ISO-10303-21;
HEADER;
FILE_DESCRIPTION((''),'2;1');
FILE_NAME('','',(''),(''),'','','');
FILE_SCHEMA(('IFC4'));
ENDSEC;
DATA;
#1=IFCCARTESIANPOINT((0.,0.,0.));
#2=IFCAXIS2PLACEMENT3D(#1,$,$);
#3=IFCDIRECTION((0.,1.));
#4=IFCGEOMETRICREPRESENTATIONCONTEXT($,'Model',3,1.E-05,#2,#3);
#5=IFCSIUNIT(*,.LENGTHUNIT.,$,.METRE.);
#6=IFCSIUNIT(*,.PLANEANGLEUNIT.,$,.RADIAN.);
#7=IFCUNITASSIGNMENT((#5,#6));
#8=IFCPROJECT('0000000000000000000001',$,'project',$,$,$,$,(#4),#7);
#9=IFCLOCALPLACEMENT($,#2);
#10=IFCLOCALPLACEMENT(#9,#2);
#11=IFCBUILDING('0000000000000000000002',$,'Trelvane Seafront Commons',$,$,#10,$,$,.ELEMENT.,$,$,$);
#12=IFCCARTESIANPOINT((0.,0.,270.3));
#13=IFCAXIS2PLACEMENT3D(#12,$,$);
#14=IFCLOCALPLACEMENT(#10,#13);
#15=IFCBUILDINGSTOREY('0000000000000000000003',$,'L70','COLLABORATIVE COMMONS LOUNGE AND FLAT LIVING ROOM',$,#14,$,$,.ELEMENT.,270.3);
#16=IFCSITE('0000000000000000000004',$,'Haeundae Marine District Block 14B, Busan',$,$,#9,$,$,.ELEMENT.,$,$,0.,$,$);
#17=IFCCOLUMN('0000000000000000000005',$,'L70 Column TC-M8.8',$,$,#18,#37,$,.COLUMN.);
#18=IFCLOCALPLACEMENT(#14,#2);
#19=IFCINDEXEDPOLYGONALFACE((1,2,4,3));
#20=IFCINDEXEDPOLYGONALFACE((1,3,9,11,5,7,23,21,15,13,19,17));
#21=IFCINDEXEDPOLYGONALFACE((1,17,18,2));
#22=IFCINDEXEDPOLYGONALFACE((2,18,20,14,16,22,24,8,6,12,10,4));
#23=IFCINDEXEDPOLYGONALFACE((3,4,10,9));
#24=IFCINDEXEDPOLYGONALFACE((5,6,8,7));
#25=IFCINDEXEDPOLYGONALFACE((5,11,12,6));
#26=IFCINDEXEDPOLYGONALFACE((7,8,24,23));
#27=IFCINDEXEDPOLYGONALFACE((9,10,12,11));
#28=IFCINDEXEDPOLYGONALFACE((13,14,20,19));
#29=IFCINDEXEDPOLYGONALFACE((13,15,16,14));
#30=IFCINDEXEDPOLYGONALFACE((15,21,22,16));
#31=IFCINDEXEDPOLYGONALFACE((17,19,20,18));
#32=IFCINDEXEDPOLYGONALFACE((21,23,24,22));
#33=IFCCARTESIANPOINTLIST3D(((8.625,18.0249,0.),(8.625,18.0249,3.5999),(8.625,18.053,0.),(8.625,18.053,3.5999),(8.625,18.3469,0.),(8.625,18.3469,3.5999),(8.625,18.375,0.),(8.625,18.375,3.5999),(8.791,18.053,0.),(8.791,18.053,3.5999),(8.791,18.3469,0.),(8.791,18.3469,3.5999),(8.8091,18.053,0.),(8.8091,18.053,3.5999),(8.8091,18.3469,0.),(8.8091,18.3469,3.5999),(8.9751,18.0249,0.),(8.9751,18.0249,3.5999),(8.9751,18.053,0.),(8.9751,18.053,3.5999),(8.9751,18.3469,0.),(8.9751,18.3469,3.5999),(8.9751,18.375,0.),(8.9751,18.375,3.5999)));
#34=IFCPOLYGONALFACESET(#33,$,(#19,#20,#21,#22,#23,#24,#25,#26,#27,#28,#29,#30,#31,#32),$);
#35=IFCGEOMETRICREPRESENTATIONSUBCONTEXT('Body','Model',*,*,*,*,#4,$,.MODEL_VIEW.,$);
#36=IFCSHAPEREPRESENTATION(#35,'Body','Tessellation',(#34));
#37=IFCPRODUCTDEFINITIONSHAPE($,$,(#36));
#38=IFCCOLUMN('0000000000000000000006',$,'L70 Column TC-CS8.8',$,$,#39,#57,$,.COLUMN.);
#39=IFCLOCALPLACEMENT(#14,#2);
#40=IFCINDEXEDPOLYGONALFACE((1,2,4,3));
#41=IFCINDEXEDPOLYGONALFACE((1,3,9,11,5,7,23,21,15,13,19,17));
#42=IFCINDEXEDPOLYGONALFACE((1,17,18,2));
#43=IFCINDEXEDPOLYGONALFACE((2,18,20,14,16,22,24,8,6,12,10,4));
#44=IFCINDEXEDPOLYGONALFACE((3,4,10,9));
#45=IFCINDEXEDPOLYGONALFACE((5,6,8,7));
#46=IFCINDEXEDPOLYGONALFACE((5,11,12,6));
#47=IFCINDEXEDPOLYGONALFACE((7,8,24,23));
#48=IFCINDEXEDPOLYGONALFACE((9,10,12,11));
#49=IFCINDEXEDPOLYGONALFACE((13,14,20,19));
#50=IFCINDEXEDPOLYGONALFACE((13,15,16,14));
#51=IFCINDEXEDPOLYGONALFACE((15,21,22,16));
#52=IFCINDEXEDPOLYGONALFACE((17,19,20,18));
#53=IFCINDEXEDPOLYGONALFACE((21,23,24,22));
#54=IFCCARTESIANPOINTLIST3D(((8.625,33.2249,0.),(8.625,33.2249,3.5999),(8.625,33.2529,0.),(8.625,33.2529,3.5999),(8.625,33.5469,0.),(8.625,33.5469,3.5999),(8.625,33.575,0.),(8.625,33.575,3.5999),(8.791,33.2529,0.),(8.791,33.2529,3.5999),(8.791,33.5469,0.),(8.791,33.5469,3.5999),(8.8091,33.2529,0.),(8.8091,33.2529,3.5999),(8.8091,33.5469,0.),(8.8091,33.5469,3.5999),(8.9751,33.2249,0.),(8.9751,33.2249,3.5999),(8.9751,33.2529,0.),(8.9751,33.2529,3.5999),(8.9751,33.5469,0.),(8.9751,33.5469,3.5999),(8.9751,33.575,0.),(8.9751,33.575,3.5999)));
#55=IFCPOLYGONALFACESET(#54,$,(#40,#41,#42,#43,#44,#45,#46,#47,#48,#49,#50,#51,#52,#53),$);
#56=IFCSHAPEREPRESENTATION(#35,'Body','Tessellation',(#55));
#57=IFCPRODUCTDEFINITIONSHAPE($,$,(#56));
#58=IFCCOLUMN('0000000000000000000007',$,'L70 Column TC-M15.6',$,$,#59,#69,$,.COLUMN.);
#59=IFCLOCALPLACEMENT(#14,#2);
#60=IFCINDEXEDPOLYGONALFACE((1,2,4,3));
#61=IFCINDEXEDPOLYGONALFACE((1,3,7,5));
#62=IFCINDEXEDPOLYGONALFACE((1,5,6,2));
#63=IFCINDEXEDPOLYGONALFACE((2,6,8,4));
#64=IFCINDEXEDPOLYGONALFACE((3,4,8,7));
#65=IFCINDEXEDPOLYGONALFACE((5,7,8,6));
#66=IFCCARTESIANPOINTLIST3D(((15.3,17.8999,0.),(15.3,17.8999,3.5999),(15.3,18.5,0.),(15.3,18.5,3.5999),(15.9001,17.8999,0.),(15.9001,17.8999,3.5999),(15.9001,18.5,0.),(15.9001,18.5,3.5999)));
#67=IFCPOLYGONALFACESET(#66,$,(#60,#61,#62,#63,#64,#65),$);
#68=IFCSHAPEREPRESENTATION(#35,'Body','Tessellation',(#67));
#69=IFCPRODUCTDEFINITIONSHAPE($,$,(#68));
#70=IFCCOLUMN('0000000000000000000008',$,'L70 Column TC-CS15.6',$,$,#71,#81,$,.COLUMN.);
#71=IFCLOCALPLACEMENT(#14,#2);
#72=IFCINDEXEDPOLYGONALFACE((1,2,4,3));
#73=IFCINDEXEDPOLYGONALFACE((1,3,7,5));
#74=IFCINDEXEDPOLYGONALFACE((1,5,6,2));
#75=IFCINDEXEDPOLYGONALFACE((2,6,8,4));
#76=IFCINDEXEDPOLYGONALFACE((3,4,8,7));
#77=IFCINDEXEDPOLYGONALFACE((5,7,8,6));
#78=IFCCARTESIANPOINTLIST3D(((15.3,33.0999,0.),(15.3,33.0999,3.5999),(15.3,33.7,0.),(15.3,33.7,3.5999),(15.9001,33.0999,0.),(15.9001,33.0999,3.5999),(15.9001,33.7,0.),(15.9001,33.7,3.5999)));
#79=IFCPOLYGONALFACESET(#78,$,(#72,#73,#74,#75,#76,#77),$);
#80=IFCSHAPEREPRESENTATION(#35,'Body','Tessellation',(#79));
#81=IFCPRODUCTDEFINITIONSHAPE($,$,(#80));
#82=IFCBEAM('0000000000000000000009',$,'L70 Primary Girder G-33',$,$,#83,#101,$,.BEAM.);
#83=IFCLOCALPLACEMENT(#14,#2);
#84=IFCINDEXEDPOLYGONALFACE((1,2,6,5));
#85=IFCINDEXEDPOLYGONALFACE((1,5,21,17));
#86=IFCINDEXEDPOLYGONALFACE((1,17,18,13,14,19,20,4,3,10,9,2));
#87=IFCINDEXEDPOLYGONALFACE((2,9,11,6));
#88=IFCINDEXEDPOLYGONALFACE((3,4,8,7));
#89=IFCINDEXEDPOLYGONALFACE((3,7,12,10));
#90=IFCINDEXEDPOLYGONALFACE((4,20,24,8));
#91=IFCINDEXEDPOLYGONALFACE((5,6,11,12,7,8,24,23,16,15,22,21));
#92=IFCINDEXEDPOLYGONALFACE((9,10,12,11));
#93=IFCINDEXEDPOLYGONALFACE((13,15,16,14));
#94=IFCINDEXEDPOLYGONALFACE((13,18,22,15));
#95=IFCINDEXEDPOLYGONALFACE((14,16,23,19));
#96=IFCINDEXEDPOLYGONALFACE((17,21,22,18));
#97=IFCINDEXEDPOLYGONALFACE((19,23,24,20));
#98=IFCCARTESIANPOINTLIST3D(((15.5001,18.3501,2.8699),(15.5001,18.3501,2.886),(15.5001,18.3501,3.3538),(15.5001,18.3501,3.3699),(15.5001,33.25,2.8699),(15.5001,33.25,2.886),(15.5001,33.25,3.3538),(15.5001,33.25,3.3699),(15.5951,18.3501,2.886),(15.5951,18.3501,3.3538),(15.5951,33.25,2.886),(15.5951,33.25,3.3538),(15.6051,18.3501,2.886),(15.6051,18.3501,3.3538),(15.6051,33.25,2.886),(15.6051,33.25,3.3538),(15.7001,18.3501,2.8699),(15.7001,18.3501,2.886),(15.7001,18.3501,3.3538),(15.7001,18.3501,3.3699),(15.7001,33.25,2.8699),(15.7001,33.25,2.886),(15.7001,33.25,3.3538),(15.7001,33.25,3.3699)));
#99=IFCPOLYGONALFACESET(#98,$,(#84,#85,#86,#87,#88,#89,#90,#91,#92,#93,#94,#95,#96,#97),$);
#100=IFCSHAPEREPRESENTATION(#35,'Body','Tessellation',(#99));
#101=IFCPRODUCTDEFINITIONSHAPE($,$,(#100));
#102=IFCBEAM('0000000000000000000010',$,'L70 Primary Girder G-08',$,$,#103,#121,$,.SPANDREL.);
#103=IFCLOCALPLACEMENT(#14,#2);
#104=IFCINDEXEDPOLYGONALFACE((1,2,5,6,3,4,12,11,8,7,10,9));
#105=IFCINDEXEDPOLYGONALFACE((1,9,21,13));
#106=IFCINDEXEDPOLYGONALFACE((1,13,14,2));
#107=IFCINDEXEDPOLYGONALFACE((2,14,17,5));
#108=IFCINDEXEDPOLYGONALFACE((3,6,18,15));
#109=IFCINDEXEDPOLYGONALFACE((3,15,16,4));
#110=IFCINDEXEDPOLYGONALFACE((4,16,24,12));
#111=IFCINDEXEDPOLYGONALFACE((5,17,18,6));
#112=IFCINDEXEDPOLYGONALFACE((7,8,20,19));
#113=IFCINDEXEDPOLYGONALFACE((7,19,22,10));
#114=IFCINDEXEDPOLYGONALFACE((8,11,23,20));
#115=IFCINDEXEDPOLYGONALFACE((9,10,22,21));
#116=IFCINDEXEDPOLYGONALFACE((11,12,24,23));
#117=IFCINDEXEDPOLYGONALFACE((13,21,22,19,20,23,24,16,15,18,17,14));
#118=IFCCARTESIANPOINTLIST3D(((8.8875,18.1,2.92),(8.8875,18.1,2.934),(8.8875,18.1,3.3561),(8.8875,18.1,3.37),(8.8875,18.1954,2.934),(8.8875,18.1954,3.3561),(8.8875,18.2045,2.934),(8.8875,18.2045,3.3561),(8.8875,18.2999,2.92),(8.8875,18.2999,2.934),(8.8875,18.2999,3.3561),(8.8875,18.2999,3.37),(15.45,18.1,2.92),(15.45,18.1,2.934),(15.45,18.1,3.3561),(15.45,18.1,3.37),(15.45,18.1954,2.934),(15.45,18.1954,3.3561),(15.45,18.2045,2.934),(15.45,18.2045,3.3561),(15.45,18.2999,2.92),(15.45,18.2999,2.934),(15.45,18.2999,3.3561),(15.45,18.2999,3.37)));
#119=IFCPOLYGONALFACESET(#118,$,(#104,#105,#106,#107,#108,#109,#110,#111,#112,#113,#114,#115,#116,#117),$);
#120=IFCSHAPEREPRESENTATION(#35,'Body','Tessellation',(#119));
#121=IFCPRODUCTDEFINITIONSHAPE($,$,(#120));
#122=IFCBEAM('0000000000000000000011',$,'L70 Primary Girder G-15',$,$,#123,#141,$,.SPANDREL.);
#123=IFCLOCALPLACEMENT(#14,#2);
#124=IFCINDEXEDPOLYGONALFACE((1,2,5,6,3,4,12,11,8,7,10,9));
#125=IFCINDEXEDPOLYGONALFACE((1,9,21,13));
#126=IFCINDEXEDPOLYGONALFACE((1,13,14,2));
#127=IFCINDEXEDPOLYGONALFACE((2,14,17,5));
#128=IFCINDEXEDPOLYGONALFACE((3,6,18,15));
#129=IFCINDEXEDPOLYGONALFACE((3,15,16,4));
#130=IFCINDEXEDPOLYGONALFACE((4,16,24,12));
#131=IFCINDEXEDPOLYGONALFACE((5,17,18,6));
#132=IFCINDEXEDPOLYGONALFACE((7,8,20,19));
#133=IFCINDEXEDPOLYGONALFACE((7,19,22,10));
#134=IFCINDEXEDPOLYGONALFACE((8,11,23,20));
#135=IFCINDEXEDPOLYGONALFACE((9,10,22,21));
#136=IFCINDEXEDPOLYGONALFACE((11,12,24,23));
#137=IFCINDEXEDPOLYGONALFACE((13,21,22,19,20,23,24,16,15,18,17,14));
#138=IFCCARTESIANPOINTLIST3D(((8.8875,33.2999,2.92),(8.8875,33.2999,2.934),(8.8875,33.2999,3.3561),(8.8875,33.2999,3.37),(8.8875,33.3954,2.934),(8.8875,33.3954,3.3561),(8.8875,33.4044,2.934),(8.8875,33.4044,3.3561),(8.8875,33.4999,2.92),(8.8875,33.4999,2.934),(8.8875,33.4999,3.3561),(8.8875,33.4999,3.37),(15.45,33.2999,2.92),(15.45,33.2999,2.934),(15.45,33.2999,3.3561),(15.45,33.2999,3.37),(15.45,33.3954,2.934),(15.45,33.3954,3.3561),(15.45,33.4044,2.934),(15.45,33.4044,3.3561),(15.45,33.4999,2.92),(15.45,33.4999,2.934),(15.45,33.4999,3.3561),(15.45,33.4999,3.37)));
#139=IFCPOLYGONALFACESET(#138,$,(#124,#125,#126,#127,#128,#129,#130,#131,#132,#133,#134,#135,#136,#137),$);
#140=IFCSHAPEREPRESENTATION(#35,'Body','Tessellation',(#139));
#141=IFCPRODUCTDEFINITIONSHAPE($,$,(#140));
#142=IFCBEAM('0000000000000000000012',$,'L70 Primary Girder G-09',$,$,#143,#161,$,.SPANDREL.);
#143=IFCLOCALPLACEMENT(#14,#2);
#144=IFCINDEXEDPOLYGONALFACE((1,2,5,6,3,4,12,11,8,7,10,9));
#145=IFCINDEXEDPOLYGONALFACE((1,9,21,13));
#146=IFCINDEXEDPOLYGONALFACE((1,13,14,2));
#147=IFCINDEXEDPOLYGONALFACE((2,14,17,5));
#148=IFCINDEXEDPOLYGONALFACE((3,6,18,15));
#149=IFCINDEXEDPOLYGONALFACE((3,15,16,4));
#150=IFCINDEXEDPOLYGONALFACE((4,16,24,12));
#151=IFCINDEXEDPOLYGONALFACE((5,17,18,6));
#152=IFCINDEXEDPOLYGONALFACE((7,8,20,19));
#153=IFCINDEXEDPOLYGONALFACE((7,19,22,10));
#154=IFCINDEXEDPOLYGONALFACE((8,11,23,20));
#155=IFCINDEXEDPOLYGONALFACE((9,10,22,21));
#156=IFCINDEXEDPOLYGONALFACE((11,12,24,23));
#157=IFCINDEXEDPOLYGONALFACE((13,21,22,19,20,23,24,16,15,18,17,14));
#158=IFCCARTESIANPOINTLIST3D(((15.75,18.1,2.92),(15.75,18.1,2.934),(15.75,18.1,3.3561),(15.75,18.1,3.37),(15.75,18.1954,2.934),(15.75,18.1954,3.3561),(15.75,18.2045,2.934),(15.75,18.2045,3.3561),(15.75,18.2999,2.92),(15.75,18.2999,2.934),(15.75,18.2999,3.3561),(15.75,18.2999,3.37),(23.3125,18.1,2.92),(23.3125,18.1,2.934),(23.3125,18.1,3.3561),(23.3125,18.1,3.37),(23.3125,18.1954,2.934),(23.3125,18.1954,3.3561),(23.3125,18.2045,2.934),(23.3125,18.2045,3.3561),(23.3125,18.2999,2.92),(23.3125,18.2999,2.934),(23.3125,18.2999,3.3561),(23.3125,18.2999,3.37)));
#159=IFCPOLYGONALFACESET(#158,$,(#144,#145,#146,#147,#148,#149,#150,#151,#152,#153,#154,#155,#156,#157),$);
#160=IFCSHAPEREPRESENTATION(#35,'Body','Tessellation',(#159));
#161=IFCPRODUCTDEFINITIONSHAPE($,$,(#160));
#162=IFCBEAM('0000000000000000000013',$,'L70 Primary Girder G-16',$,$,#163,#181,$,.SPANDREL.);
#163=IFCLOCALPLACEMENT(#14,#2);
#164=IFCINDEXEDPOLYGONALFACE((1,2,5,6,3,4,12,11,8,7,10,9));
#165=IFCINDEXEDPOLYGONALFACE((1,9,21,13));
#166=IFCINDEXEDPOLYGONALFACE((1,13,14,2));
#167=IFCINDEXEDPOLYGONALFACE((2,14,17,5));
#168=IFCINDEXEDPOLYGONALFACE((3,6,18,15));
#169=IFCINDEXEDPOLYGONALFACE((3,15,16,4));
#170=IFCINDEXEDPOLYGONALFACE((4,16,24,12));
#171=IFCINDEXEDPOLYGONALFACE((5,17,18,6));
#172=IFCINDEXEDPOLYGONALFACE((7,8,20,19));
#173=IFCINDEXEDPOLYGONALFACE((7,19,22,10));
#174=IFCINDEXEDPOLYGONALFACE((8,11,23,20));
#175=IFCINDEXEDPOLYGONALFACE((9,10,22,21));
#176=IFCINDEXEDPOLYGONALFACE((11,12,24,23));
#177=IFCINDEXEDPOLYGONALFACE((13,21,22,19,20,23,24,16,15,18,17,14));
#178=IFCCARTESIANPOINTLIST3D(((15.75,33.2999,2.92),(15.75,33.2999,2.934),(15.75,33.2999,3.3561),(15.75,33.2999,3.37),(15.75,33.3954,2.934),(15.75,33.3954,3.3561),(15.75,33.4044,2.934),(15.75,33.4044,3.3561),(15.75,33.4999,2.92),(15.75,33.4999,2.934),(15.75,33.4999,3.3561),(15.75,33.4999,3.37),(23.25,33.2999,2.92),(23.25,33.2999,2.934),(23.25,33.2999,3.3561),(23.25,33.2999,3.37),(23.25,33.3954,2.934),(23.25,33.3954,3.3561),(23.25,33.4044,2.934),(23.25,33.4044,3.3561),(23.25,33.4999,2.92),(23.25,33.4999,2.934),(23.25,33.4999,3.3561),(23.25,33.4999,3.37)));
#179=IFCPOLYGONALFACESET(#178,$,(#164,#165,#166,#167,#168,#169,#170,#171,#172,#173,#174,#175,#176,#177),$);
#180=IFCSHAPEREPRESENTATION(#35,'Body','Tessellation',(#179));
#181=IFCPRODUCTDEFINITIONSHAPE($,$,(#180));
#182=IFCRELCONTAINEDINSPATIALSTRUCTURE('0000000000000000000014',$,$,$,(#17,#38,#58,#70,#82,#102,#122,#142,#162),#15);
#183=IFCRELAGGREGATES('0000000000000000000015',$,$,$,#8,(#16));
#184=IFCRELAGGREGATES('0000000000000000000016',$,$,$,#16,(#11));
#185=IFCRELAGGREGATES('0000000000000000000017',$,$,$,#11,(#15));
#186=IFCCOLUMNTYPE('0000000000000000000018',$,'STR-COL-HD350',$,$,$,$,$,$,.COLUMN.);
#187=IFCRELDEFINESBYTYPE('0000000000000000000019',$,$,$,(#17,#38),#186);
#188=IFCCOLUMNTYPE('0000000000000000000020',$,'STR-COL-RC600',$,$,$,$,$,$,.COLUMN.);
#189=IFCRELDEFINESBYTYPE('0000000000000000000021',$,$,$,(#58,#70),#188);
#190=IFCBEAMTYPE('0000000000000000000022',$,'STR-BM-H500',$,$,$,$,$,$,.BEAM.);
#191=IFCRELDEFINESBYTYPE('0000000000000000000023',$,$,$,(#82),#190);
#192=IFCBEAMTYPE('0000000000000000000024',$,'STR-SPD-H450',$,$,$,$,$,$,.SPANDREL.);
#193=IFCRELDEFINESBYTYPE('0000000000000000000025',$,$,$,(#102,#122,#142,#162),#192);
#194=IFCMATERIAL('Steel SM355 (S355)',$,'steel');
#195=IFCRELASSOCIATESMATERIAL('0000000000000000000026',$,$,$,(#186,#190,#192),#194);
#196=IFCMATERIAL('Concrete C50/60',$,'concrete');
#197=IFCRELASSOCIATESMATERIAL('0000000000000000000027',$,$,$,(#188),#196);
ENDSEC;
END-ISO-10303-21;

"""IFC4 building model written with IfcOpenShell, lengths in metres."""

from ifc_helpers import new_model, si_unit, direction, frame, origin, origin_2d, place, context, subcontext, project, spatial, rectangle, i_section, extrude, source, transform, mapped, material, material_profile, profile_set, type_object, element, save


model = new_model("IFC4")

# Units and contexts
model_context = context("Model", 3, precision=1e-05, world=origin(), true_north=direction((0.0, 1.0)))
body_context = subcontext(model_context, "Body", "Model", "MODEL_VIEW")
ifc_project = project(units=[si_unit("LENGTHUNIT", "METRE"), si_unit("PLANEANGLEUNIT", "RADIAN")], contexts=[model_context])

# Site, building, storey
site_placement = place(None, origin())
site = spatial("IfcSite", under=ifc_project, at=site_placement, Name="Haeundae Marine District Block 14B, Busan", CompositionType="ELEMENT", RefElevation=0.0)
building_placement = place(site_placement, origin())
building = spatial("IfcBuilding", under=site, at=building_placement, Name="Trelvane Seafront Commons", CompositionType="ELEMENT")
storey_placement = place(building_placement, frame((0.0, 0.0, 270.3)))
storey = spatial("IfcBuildingStorey", under=building, at=storey_placement, Name="L70", Description="COLLABORATIVE COMMONS LOUNGE AND FLAT LIVING ROOM", CompositionType="ELEMENT", Elevation=270.3)

# Columns
ifc_material_1 = material(Name="Steel SM355 (S355)", Category="steel")
ifc_material_profile_1 = material_profile(ifc_material_1, i_section(OverallWidth=0.3501, OverallDepth=0.3501, WebThickness=0.0181, FlangeThickness=0.0281, at=origin_2d()), Name="HD-350x350x18x28")
ifc_profile_set_1 = profile_set([ifc_material_profile_1], Name="Steel SM355 (S355)")
column_type_1 = type_object("IfcColumnType", Name="STR-COL-HD350", PredefinedType="COLUMN", material=ifc_profile_set_1)
shared_shape_1 = source(origin(), body_context, "Body", "SweptSolid", [
    extrude(i_section(OverallWidth=0.3501, OverallDepth=0.3501, WebThickness=0.0181, FlangeThickness=0.0281, at=origin_2d()), origin(), (0.0, 0.0, 1.0), 3.5999),
])
for number, where, z_axis, x_axis, name in (
    (1, (8.8, 18.2, 0.0), (0.0, 0.0, 1.0), (1.0, 0.0, 0.0), "L70 Column TC-M8.8"),
    (2, (8.8, 33.3999, 0.0), (0.0, 0.0, 1.0), (1.0, 0.0, 0.0), "L70 Column TC-CS8.8"),
):
    element("IfcColumn", number, at=place(storey_placement, frame(where, z_axis=z_axis, x_axis=x_axis)), inside=storey, type_object=column_type_1, Name=name, PredefinedType="COLUMN", context=body_context, shape_type="MappedRepresentation", body=[
        mapped(shared_shape_1, transform((0.0, 0.0, 0.0), x_axis=(1.0, 0.0, 0.0), y_axis=(0.0, 1.0, 0.0), z_axis=(0.0, 0.0, 1.0), scale=1.0)),
    ])
ifc_material_2 = material(Name="Concrete C50/60", Category="concrete")
ifc_material_profile_2 = material_profile(ifc_material_2, rectangle(XDim=0.6001, YDim=0.6001, at=origin_2d()), Name="RC-600x600")
ifc_profile_set_2 = profile_set([ifc_material_profile_2], Name="Concrete C50/60")
column_type_2 = type_object("IfcColumnType", Name="STR-COL-RC600", PredefinedType="COLUMN", material=ifc_profile_set_2)
shared_shape_2 = source(origin(), body_context, "Body", "SweptSolid", [
    extrude(rectangle(XDim=0.6001, YDim=0.6001, at=origin_2d()), origin(), (0.0, 0.0, 1.0), 3.5999),
])
for number, where, z_axis, x_axis, name in (
    (3, (15.6001, 18.2, 0.0), (0.0, 0.0, 1.0), (1.0, 0.0, 0.0), "L70 Column TC-M15.6"),
    (4, (15.6001, 33.3999, 0.0), (0.0, 0.0, 1.0), (1.0, 0.0, 0.0), "L70 Column TC-CS15.6"),
):
    element("IfcColumn", number, at=place(storey_placement, frame(where, z_axis=z_axis, x_axis=x_axis)), inside=storey, type_object=column_type_2, Name=name, PredefinedType="COLUMN", context=body_context, shape_type="MappedRepresentation", body=[
        mapped(shared_shape_2, transform((0.0, 0.0, 0.0), x_axis=(1.0, 0.0, 0.0), y_axis=(0.0, 1.0, 0.0), z_axis=(0.0, 0.0, 1.0), scale=1.0)),
    ])

# Beams
ifc_material_profile_3 = material_profile(ifc_material_1, i_section(OverallWidth=0.2, OverallDepth=0.5, WebThickness=0.01, FlangeThickness=0.0161, at=origin_2d()), Name="H-500x200x10x16")
ifc_profile_set_3 = profile_set([ifc_material_profile_3], Name="Steel SM355 (S355)")
beam_type_1 = type_object("IfcBeamType", Name="STR-BM-H500", PredefinedType="BEAM", material=ifc_profile_set_3)
shared_shape_3 = source(origin(), body_context, "Body", "SweptSolid", [
    extrude(i_section(OverallWidth=0.2, OverallDepth=0.5, WebThickness=0.01, FlangeThickness=0.0161, at=origin_2d()), origin(), (0.0, 0.0, 1.0), 14.8999),
])
beam_1_placement = place(storey_placement, frame((15.6001, 18.3501, 3.1199), z_axis=(0.0, 1.0, 0.0), x_axis=(-1.0, 0.0, 0.0)))
element("IfcBeam", 5, at=beam_1_placement, inside=storey, type_object=beam_type_1, Name="L70 Primary Girder G-33", PredefinedType="BEAM", context=body_context, shape_type="MappedRepresentation", body=[
    mapped(shared_shape_3, transform((0.0, 0.0, 0.0), x_axis=(1.0, 0.0, 0.0), y_axis=(0.0, 1.0, 0.0), z_axis=(0.0, 0.0, 1.0), scale=1.0)),
])
ifc_material_profile_4 = material_profile(ifc_material_1, i_section(OverallWidth=0.2, OverallDepth=0.45, WebThickness=0.009, FlangeThickness=0.0139, at=origin_2d()), Name="H-450x200x9x14")
ifc_profile_set_4 = profile_set([ifc_material_profile_4], Name="Steel SM355 (S355)")
beam_type_2 = type_object("IfcBeamType", Name="STR-SPD-H450", PredefinedType="SPANDREL", material=ifc_profile_set_4)
shared_shape_4 = source(origin(), body_context, "Body", "SweptSolid", [
    extrude(i_section(OverallWidth=0.2, OverallDepth=0.45, WebThickness=0.009, FlangeThickness=0.0139, at=origin_2d()), origin(), (0.0, 0.0, 1.0), 6.5625),
])
for number, where, z_axis, x_axis, name in (
    (6, (8.8875, 18.2, 3.145), (1.0, 0.0, 0.0), (0.0, 1.0, 0.0), "L70 Primary Girder G-08"),
    (7, (8.8875, 33.3999, 3.145), (1.0, 0.0, 0.0), (0.0, 1.0, 0.0), "L70 Primary Girder G-15"),
):
    element("IfcBeam", number, at=place(storey_placement, frame(where, z_axis=z_axis, x_axis=x_axis)), inside=storey, type_object=beam_type_2, Name=name, PredefinedType="SPANDREL", context=body_context, shape_type="MappedRepresentation", body=[
        mapped(shared_shape_4, transform((0.0, 0.0, 0.0), x_axis=(1.0, 0.0, 0.0), y_axis=(0.0, 1.0, 0.0), z_axis=(0.0, 0.0, 1.0), scale=1.0)),
    ])
shared_shape_5 = source(origin(), body_context, "Body", "SweptSolid", [
    extrude(i_section(OverallWidth=0.2, OverallDepth=0.45, WebThickness=0.009, FlangeThickness=0.0139, at=origin_2d()), origin(), (0.0, 0.0, 1.0), 7.5625),
])
beam_2_placement = place(storey_placement, frame((15.75, 18.2, 3.145), z_axis=(1.0, 0.0, 0.0), x_axis=(0.0, 1.0, 0.0)))
element("IfcBeam", 8, at=beam_2_placement, inside=storey, type_object=beam_type_2, Name="L70 Primary Girder G-09", PredefinedType="SPANDREL", context=body_context, shape_type="MappedRepresentation", body=[
    mapped(shared_shape_5, transform((0.0, 0.0, 0.0), x_axis=(1.0, 0.0, 0.0), y_axis=(0.0, 1.0, 0.0), z_axis=(0.0, 0.0, 1.0), scale=1.0)),
])
shared_shape_6 = source(origin(), body_context, "Body", "SweptSolid", [
    extrude(i_section(OverallWidth=0.2, OverallDepth=0.45, WebThickness=0.009, FlangeThickness=0.0139, at=origin_2d()), origin(), (0.0, 0.0, 1.0), 7.5),
])
beam_3_placement = place(storey_placement, frame((15.75, 33.3999, 3.145), z_axis=(1.0, 0.0, 0.0), x_axis=(0.0, 1.0, 0.0)))
element("IfcBeam", 9, at=beam_3_placement, inside=storey, type_object=beam_type_2, Name="L70 Primary Girder G-16", PredefinedType="SPANDREL", context=body_context, shape_type="MappedRepresentation", body=[
    mapped(shared_shape_6, transform((0.0, 0.0, 0.0), x_axis=(1.0, 0.0, 0.0), y_axis=(0.0, 1.0, 0.0), z_axis=(0.0, 0.0, 1.0), scale=1.0)),
])

save(model, "model.ifc")
